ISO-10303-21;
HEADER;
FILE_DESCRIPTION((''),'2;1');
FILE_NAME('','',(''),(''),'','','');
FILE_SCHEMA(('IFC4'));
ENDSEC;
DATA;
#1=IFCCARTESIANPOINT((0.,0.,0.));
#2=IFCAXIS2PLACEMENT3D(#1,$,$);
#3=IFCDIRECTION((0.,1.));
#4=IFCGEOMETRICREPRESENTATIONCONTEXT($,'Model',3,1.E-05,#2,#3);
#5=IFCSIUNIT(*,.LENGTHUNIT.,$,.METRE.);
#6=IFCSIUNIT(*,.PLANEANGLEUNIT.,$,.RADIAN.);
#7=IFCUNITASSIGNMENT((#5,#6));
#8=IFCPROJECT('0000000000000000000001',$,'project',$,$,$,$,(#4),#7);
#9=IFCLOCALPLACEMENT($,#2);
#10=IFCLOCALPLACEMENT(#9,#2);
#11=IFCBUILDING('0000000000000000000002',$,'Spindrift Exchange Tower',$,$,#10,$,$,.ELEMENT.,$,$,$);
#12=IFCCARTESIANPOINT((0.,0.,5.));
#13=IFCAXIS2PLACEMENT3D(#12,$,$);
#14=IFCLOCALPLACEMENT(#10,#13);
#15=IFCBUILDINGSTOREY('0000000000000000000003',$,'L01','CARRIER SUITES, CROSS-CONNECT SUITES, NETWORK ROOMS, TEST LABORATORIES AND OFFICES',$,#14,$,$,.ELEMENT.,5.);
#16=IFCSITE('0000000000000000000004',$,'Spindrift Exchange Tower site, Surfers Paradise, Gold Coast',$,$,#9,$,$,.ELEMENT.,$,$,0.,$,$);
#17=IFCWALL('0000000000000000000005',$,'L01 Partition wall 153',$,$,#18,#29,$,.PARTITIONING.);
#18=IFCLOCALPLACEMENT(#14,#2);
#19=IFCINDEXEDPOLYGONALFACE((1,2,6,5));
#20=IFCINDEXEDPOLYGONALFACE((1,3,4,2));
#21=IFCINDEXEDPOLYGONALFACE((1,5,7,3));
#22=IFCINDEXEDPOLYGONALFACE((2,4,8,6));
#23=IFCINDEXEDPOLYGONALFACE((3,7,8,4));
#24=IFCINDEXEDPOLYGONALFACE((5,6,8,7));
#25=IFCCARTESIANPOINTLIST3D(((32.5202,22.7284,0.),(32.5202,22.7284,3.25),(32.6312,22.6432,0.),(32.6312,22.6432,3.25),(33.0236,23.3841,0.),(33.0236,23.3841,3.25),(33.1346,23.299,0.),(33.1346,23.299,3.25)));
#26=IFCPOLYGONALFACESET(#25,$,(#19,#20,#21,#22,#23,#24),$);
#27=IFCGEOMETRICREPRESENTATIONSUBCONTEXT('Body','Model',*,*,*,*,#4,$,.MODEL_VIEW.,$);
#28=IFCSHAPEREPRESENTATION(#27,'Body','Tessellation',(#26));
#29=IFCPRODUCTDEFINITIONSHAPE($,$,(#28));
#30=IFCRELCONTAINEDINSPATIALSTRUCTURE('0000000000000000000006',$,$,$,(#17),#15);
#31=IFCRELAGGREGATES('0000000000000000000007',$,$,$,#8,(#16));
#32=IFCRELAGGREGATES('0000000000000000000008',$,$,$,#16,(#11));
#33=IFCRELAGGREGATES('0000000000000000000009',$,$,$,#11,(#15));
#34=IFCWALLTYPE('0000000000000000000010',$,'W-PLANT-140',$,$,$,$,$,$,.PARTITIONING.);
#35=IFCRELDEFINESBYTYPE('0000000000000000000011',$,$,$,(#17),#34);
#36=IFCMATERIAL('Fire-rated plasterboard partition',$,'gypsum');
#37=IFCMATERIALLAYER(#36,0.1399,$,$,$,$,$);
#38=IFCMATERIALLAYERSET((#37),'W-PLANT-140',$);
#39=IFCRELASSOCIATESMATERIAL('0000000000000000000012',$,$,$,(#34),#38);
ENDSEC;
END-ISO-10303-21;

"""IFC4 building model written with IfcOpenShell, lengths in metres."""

from ifc_helpers import new_model, si_unit, direction, frame, frame_2d, origin, place, context, subcontext, project, spatial, rectangle, extrude, material, layer, layer_set, type_object, element, save


model = new_model("IFC4")

# Units and contexts
model_context = context("Model", 3, precision=1e-05, world=origin(), true_north=direction((0.0, 1.0)))
body_context = subcontext(model_context, "Body", "Model", "MODEL_VIEW")
ifc_project = project(units=[si_unit("LENGTHUNIT", "METRE"), si_unit("PLANEANGLEUNIT", "RADIAN")], contexts=[model_context])

# Site, building, storey
site_placement = place(None, origin())
site = spatial("IfcSite", under=ifc_project, at=site_placement, Name="Spindrift Exchange Tower site, Surfers Paradise, Gold Coast", CompositionType="ELEMENT", RefElevation=0.0)
building_placement = place(site_placement, origin())
building = spatial("IfcBuilding", under=site, at=building_placement, Name="Spindrift Exchange Tower", CompositionType="ELEMENT")
storey_placement = place(building_placement, frame((0.0, 0.0, 5.0)))
storey = spatial("IfcBuildingStorey", under=building, at=storey_placement, Name="L01", Description="CARRIER SUITES, CROSS-CONNECT SUITES, NETWORK ROOMS, TEST LABORATORIES AND OFFICES", CompositionType="ELEMENT", Elevation=5.0)

# Shared definitions
ifc_material_1 = material(Name="Fire-rated plasterboard partition", Category="gypsum")
ifc_layer_1 = layer(ifc_material_1, 0.1399)
ifc_layer_set_1 = layer_set([ifc_layer_1], Name="W-PLANT-140")
wall_type = type_object("IfcWallType", Name="W-PLANT-140", PredefinedType="PARTITIONING", material=ifc_layer_set_1)

# Wall
wall_1_placement = place(storey_placement, frame((33.0791, 23.3416, 0.0), z_axis=(0.0, 0.0, 1.0), x_axis=(-0.60894, -0.793216, 0.0)))
element("IfcWall", 1, at=wall_1_placement, inside=storey, type_object=wall_type, Name="L01 Partition wall 153", PredefinedType="PARTITIONING", context=body_context, shape_type="SweptSolid", body=[
    extrude(rectangle(XDim=0.8267, YDim=0.1399, at=frame_2d((0.4133, 0.0))), origin(), (0.0, 0.0, 1.0), 3.25),
])

save(model, "model.ifc")
